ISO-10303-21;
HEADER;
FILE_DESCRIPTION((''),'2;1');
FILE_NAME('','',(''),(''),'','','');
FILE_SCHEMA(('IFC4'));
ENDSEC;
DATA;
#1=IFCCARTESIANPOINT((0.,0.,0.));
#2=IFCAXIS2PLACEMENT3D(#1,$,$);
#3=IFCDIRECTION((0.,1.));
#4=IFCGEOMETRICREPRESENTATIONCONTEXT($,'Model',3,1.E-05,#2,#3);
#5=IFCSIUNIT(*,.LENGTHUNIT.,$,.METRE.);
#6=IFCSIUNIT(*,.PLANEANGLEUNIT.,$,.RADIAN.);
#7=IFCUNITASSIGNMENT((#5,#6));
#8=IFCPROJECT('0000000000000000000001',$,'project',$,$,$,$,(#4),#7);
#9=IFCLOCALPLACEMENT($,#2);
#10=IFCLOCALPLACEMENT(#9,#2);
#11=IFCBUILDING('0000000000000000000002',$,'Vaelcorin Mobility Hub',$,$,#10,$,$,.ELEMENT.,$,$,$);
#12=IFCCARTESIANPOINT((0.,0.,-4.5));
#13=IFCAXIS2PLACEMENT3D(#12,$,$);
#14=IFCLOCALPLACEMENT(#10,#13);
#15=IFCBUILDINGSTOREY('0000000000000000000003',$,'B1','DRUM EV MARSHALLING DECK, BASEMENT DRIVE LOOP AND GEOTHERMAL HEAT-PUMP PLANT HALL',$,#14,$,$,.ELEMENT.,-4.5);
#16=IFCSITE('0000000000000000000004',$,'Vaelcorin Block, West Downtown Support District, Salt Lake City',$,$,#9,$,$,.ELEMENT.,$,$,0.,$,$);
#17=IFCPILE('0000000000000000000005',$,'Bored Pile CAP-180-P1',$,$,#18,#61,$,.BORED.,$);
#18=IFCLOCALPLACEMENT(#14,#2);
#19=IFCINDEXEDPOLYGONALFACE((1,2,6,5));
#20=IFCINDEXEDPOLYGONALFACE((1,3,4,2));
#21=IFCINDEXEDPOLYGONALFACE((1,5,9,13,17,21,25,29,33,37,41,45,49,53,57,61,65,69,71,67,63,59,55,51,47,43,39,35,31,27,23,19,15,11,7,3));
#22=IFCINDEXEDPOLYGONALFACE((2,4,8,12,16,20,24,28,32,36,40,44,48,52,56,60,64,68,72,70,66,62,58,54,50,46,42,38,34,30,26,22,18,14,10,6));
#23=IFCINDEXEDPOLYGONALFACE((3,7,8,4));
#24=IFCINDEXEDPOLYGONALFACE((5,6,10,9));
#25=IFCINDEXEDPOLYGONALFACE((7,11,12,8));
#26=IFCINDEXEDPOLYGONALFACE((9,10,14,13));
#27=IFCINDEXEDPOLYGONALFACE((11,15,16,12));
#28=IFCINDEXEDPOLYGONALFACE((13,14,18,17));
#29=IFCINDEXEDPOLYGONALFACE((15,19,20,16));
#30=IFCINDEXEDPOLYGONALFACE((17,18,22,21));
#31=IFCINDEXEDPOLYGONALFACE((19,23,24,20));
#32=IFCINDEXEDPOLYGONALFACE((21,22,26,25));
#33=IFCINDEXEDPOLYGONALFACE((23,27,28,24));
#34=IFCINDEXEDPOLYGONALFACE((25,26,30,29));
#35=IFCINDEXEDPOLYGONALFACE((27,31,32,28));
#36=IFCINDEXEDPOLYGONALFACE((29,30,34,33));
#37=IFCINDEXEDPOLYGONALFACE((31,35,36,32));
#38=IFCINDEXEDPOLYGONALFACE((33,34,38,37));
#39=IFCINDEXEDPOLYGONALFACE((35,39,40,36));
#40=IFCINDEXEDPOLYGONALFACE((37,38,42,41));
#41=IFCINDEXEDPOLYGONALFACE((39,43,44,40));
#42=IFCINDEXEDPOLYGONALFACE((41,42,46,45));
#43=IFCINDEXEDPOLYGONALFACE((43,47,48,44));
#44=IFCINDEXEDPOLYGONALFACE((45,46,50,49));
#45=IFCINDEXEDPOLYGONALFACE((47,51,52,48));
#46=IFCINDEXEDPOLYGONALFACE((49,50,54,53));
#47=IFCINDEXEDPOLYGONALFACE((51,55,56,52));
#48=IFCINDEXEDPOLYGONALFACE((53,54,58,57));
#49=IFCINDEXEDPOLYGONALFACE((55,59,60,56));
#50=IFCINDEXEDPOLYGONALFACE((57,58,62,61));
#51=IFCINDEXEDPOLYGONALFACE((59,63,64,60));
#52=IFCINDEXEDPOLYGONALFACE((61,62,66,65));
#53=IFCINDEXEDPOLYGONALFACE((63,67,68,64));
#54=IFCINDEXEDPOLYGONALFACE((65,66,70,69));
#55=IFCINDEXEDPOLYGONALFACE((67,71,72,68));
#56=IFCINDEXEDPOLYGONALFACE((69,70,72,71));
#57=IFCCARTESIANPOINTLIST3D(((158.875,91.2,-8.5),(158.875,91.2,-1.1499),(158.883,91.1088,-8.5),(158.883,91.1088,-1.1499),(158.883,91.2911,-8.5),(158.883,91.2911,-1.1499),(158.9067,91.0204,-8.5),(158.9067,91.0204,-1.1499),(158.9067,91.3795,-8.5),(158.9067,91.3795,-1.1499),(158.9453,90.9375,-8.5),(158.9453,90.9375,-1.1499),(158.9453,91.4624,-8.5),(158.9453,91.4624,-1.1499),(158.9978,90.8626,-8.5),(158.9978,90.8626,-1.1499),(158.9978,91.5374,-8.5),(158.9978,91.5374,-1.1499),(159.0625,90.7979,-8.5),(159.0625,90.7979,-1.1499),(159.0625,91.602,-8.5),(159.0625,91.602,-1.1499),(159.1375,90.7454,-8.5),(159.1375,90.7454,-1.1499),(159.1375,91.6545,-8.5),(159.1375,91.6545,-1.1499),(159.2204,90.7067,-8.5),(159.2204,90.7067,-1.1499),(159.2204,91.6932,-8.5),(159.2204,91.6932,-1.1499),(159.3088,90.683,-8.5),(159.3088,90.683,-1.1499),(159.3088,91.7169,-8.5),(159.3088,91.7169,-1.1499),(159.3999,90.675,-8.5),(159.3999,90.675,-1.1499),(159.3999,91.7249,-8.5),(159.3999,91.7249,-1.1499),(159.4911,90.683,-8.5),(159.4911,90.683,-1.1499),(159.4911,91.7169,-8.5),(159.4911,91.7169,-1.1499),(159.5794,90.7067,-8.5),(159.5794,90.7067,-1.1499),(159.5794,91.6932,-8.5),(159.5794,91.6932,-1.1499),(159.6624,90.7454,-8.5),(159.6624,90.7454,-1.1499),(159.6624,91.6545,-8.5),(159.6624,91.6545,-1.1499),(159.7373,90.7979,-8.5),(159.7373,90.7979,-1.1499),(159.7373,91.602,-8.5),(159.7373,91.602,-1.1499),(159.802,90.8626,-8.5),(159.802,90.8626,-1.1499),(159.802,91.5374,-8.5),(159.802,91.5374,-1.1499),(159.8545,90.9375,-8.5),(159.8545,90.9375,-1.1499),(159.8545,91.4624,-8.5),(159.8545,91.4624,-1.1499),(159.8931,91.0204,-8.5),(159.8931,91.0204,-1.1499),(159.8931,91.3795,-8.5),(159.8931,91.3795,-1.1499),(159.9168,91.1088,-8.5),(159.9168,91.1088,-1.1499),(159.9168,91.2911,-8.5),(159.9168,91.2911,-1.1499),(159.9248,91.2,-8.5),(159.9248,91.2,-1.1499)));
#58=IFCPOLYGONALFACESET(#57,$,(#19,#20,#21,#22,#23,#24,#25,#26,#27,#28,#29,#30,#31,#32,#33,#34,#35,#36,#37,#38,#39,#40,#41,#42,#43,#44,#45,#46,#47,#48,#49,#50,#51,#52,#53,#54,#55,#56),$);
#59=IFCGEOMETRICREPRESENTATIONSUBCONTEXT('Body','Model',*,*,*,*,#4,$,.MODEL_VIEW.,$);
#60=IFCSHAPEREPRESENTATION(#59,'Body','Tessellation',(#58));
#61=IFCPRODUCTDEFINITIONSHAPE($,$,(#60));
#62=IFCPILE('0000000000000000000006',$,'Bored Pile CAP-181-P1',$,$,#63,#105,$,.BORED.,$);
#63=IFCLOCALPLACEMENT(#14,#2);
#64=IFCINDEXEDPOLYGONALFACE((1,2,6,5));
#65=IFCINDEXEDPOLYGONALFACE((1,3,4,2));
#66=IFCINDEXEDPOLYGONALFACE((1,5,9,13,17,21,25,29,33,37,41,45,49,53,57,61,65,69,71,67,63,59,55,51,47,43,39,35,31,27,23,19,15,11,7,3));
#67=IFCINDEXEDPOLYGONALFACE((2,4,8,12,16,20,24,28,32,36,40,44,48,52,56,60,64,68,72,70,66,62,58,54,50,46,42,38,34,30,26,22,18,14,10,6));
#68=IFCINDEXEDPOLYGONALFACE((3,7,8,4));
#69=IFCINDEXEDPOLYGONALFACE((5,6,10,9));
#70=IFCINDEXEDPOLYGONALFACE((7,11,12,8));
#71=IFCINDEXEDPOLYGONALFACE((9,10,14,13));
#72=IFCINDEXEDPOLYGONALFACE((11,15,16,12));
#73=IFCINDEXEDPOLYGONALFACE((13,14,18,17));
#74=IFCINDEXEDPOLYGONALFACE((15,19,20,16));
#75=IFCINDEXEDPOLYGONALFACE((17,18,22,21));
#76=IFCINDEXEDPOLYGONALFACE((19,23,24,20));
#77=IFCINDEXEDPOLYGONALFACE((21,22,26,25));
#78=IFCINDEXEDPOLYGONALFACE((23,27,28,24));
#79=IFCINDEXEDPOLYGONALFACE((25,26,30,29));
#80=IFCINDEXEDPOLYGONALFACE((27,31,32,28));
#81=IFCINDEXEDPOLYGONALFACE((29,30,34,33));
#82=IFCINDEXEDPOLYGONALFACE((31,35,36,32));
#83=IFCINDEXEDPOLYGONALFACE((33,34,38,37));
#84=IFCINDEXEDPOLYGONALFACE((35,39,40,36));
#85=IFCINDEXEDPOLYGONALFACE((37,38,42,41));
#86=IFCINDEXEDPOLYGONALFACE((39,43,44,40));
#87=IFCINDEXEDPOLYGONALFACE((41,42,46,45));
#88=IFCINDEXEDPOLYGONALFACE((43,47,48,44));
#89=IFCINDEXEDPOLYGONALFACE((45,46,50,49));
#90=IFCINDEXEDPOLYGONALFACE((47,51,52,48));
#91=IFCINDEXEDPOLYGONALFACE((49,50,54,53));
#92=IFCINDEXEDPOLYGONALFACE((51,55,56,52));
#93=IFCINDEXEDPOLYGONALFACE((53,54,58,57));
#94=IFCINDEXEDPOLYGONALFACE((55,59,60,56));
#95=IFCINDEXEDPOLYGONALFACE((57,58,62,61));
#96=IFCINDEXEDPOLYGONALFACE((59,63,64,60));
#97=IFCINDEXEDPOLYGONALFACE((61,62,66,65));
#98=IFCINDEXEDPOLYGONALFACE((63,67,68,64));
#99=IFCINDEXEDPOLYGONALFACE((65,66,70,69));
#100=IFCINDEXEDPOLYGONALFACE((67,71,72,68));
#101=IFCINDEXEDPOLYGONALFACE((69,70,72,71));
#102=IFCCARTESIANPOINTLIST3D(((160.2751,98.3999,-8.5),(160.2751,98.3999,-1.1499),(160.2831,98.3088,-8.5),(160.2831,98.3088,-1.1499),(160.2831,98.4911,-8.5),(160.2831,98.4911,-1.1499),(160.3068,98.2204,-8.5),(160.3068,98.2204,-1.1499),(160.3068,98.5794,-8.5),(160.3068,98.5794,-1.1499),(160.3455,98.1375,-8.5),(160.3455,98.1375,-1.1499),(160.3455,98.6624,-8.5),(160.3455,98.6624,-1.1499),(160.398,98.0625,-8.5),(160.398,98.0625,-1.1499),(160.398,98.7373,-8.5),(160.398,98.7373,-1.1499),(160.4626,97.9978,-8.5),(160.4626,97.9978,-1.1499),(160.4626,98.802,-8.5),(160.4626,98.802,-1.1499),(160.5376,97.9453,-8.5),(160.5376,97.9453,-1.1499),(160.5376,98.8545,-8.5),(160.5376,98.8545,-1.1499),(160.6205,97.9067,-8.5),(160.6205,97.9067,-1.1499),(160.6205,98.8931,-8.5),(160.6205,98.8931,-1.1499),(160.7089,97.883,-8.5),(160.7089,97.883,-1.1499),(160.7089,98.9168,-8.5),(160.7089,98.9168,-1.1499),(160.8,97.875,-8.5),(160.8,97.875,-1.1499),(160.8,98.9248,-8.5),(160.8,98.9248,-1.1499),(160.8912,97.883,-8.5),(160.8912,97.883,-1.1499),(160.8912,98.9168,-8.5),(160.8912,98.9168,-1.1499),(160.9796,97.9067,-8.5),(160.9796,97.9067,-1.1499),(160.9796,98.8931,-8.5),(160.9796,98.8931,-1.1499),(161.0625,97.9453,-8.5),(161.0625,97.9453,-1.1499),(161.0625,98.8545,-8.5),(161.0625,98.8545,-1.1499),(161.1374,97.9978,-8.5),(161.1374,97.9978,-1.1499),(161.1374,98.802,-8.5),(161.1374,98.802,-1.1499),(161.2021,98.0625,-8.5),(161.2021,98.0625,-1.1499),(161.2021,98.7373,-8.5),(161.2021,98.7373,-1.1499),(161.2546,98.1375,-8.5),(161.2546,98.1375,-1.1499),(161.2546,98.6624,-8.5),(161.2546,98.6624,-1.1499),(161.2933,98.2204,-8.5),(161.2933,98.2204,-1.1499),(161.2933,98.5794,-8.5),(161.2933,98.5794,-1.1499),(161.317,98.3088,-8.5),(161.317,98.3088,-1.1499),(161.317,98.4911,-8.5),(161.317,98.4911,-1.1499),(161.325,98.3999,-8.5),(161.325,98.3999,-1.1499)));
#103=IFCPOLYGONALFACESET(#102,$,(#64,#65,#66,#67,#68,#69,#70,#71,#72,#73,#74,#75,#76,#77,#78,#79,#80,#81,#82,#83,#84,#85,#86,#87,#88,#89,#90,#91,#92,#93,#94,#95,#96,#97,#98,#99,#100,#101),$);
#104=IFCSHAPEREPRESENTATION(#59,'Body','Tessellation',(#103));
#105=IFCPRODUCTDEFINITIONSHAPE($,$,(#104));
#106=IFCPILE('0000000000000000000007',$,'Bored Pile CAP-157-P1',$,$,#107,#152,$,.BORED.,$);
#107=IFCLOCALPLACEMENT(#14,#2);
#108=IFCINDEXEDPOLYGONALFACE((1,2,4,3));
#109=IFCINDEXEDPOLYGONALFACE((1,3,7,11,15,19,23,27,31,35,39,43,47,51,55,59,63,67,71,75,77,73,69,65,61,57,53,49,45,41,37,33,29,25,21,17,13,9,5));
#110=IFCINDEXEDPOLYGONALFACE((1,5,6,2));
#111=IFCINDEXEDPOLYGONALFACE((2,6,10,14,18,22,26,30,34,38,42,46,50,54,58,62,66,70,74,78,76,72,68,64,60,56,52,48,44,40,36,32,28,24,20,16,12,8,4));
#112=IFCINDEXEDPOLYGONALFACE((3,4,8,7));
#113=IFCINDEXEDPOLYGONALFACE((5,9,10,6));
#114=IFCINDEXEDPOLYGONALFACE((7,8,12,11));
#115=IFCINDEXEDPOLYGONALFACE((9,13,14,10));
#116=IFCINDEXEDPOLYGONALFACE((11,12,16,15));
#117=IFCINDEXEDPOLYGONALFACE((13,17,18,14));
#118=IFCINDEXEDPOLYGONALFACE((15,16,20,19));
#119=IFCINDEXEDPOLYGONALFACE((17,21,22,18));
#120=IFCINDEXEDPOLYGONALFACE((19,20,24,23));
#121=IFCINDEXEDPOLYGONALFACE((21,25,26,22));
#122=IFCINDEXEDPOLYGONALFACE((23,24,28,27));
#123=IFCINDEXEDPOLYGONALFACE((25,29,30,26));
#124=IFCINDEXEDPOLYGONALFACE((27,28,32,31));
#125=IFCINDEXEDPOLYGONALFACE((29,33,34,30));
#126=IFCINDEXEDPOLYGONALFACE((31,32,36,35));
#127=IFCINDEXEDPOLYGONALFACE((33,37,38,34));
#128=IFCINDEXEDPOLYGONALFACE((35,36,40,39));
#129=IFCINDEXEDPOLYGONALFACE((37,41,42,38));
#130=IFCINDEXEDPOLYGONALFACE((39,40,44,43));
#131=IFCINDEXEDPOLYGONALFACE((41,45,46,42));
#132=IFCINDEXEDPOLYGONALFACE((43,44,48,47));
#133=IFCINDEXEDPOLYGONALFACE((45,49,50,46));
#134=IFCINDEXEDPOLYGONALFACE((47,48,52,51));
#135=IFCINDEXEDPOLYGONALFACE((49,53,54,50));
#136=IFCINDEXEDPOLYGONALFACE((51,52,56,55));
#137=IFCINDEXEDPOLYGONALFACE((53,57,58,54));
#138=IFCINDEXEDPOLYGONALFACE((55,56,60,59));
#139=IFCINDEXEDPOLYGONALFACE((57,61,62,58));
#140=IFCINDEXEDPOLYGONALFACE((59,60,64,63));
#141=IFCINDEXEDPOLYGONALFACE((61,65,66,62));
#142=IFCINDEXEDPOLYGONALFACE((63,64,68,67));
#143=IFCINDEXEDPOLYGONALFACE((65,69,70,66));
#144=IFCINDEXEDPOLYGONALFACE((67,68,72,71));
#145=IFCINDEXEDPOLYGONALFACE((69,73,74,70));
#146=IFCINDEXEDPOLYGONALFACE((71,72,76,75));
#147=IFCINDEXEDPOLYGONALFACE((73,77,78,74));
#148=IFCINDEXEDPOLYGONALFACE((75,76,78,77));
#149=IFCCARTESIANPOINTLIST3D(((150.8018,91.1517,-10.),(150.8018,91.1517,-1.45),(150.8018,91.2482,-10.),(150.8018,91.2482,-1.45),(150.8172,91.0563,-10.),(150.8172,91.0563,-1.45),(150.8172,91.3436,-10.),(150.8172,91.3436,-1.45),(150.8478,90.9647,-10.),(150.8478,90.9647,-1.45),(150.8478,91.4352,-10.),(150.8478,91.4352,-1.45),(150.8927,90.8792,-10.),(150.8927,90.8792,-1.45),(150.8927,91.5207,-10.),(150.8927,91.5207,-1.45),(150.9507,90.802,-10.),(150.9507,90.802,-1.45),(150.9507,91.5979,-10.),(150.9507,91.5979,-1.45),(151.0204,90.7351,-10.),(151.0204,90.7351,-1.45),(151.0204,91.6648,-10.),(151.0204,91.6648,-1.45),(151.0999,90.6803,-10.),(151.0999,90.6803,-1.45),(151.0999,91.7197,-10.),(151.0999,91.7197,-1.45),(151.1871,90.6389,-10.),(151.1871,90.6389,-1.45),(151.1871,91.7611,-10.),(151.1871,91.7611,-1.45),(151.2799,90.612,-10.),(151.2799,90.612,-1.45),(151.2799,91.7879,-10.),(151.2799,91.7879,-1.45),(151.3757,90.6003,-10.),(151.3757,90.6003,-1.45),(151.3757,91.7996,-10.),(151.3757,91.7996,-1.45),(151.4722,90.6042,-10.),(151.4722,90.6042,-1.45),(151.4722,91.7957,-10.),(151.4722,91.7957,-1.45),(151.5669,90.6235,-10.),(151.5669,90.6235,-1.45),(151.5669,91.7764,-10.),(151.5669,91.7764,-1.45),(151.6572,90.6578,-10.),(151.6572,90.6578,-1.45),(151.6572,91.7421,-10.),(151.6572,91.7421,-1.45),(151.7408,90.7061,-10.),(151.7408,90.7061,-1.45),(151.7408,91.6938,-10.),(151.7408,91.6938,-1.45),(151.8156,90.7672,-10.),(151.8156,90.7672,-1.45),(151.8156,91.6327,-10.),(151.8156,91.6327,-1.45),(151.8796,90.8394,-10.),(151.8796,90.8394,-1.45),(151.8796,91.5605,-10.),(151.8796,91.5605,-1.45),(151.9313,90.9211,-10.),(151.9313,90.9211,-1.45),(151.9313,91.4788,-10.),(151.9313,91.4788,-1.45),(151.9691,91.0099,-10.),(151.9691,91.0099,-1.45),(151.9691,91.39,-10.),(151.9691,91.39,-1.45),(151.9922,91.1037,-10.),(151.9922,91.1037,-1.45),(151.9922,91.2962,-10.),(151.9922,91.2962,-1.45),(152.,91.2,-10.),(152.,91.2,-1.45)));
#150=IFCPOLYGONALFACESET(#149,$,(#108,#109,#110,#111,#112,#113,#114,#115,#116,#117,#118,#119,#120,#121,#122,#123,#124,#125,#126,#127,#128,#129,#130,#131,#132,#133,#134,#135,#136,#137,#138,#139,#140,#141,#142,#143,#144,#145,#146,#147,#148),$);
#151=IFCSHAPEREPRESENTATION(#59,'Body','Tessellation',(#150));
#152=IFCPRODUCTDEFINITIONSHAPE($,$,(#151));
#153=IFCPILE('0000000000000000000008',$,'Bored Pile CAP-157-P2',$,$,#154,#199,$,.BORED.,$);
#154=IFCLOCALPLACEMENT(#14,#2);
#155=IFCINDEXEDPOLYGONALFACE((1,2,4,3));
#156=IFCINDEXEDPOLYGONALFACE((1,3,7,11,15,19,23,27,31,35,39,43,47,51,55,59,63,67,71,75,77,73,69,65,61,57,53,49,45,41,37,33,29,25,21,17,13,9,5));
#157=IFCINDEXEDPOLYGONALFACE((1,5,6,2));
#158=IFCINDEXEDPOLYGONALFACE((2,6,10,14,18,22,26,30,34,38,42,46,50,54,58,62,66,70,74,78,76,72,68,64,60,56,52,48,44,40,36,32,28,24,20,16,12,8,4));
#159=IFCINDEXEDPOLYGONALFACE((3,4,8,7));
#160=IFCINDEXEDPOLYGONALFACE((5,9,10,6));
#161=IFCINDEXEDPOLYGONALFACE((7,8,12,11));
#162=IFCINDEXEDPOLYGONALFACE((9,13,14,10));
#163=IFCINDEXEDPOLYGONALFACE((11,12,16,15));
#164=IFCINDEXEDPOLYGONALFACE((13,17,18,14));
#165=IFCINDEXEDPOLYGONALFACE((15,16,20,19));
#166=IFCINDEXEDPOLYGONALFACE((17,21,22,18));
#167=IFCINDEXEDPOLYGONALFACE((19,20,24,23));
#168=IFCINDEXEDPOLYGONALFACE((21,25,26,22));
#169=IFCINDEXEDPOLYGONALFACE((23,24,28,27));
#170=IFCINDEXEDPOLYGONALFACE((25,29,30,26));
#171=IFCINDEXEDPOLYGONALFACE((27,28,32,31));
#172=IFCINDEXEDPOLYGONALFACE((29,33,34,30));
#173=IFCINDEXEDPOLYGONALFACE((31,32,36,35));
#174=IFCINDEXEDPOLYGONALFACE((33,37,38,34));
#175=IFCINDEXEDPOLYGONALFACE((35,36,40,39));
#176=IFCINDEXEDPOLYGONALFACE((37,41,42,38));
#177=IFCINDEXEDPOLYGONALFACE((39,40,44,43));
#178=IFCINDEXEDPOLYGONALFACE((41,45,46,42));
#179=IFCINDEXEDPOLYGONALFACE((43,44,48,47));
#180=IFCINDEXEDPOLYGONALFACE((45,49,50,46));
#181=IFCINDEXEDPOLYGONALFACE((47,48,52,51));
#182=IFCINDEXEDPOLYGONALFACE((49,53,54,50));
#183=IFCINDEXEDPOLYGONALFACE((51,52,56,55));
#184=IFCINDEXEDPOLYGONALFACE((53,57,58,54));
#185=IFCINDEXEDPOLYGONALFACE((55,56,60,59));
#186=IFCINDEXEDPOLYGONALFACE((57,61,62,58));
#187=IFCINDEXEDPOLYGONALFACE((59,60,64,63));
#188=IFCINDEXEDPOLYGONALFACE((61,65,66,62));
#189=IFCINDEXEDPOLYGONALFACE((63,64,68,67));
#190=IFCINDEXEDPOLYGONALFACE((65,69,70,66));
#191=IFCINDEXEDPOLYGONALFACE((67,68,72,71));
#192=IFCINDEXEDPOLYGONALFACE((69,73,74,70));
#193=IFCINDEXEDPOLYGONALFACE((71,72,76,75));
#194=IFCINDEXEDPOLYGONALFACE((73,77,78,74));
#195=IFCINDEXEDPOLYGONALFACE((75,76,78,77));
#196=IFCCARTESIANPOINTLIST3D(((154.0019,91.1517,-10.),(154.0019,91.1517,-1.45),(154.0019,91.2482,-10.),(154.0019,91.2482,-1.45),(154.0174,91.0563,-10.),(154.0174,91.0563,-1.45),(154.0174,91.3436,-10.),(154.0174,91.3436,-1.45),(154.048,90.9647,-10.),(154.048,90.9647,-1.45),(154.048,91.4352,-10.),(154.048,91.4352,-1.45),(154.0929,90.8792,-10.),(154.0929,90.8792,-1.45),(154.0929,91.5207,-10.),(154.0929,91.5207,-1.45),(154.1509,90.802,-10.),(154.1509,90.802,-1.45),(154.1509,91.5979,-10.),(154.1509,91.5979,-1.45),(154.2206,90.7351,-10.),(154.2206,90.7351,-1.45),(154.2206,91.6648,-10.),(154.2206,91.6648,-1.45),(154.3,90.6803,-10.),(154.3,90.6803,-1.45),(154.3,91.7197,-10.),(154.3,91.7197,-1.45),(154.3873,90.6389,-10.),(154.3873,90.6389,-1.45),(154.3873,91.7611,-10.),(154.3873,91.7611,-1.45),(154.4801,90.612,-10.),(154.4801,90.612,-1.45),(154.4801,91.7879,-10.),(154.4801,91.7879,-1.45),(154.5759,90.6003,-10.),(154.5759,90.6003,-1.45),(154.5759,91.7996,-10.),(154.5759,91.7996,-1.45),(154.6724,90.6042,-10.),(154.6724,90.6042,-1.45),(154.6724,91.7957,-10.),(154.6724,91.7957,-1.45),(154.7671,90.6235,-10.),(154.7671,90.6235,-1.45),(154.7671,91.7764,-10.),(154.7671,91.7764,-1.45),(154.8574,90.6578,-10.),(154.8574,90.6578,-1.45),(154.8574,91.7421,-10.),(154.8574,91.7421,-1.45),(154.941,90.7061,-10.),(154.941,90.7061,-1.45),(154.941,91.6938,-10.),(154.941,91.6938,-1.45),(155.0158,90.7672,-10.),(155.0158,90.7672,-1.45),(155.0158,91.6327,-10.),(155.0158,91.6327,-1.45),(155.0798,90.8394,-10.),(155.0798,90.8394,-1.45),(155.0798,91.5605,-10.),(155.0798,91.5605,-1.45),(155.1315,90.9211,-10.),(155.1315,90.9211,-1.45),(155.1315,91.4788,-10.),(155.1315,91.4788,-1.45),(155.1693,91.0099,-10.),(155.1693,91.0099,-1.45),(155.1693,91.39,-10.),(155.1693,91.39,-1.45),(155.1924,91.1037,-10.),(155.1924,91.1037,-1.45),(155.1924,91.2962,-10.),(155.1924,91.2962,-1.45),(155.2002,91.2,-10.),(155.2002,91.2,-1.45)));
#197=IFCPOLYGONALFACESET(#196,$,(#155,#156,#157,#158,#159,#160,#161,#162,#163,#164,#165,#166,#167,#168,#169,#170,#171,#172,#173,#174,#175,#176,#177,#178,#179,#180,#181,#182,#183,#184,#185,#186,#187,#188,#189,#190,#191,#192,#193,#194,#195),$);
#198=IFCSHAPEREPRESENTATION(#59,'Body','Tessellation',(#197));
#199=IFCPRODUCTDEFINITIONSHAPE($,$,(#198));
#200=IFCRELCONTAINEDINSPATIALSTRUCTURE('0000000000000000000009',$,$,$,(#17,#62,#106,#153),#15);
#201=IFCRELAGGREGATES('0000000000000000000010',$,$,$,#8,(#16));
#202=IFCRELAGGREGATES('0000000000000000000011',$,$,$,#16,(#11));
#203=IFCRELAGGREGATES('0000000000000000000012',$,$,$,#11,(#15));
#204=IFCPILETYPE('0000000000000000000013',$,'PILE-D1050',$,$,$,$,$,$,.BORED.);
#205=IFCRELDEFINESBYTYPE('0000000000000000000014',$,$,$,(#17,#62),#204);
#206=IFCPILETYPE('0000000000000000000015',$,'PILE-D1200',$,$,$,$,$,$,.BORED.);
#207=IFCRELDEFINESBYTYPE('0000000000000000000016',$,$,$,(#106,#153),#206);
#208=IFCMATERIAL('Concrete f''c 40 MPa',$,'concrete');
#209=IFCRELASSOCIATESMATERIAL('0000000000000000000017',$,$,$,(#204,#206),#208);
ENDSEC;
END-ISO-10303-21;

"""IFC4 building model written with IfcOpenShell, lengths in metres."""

from ifc_helpers import new_model, si_unit, direction, frame, origin, origin_2d, place, context, subcontext, project, spatial, circle, extrude, material, material_profile, profile_set, type_object, element, save


model = new_model("IFC4")

# Units and contexts
model_context = context("Model", 3, precision=1e-05, world=origin(), true_north=direction((0.0, 1.0)))
body_context = subcontext(model_context, "Body", "Model", "MODEL_VIEW")
ifc_project = project(units=[si_unit("LENGTHUNIT", "METRE"), si_unit("PLANEANGLEUNIT", "RADIAN")], contexts=[model_context])

# Site, building, storey
site_placement = place(None, origin())
site = spatial("IfcSite", under=ifc_project, at=site_placement, Name="Vaelcorin Block, West Downtown Support District, Salt Lake City", CompositionType="ELEMENT", RefElevation=0.0)
building_placement = place(site_placement, origin())
building = spatial("IfcBuilding", under=site, at=building_placement, Name="Vaelcorin Mobility Hub", CompositionType="ELEMENT")
storey_placement = place(building_placement, frame((0.0, 0.0, -4.5)))
storey = spatial("IfcBuildingStorey", under=building, at=storey_placement, Name="B1", Description="DRUM EV MARSHALLING DECK, BASEMENT DRIVE LOOP AND GEOTHERMAL HEAT-PUMP PLANT HALL", CompositionType="ELEMENT", Elevation=-4.5)

# Shared definitions
ifc_material_1 = material(Name="Concrete f'c 40 MPa", Category="concrete")

# Piles
ifc_material_profile_1 = material_profile(ifc_material_1, circle(Radius=0.5249, at=origin_2d()), Name="BP-D1050")
ifc_profile_set_1 = profile_set([ifc_material_profile_1], Name="Concrete f'c 40 MPa")
pile_type_1 = type_object("IfcPileType", Name="PILE-D1050", PredefinedType="BORED", material=ifc_profile_set_1)
for number, where, z_axis, x_axis, name in (
    (1, (159.3999, 91.2, -1.1499), (0.0, 0.0, -1.0), (1.0, 0.0, 0.0), "Bored Pile CAP-180-P1"),
    (2, (160.8, 98.3999, -1.1499), (0.0, 0.0, -1.0), (1.0, 0.0, 0.0), "Bored Pile CAP-181-P1"),
):
    element("IfcPile", number, at=place(storey_placement, frame(where, z_axis=z_axis, x_axis=x_axis)), inside=storey, type_object=pile_type_1, Name=name, PredefinedType="BORED", context=body_context, shape_type="SweptSolid", body=[
        extrude(circle(Radius=0.5249, at=origin_2d()), origin(), (0.0, 0.0, 1.0), 7.3501),
    ])
ifc_material_profile_2 = material_profile(ifc_material_1, circle(Radius=0.6001, at=origin_2d()), Name="BP-D1200")
ifc_profile_set_2 = profile_set([ifc_material_profile_2], Name="Concrete f'c 40 MPa")
pile_type_2 = type_object("IfcPileType", Name="PILE-D1200", PredefinedType="BORED", material=ifc_profile_set_2)
for number, where, z_axis, x_axis, name in (
    (3, (151.3999, 91.2, -1.45), (0.0, 0.0, -1.0), (1.0, 0.0, 0.0), "Bored Pile CAP-157-P1"),
    (4, (154.6001, 91.2, -1.45), (0.0, 0.0, -1.0), (1.0, 0.0, 0.0), "Bored Pile CAP-157-P2"),
):
    element("IfcPile", number, at=place(storey_placement, frame(where, z_axis=z_axis, x_axis=x_axis)), inside=storey, type_object=pile_type_2, Name=name, PredefinedType="BORED", context=body_context, shape_type="SweptSolid", body=[
        extrude(circle(Radius=0.6001, at=origin_2d()), origin(), (0.0, 0.0, 1.0), 8.55),
    ])

save(model, "model.ifc")
